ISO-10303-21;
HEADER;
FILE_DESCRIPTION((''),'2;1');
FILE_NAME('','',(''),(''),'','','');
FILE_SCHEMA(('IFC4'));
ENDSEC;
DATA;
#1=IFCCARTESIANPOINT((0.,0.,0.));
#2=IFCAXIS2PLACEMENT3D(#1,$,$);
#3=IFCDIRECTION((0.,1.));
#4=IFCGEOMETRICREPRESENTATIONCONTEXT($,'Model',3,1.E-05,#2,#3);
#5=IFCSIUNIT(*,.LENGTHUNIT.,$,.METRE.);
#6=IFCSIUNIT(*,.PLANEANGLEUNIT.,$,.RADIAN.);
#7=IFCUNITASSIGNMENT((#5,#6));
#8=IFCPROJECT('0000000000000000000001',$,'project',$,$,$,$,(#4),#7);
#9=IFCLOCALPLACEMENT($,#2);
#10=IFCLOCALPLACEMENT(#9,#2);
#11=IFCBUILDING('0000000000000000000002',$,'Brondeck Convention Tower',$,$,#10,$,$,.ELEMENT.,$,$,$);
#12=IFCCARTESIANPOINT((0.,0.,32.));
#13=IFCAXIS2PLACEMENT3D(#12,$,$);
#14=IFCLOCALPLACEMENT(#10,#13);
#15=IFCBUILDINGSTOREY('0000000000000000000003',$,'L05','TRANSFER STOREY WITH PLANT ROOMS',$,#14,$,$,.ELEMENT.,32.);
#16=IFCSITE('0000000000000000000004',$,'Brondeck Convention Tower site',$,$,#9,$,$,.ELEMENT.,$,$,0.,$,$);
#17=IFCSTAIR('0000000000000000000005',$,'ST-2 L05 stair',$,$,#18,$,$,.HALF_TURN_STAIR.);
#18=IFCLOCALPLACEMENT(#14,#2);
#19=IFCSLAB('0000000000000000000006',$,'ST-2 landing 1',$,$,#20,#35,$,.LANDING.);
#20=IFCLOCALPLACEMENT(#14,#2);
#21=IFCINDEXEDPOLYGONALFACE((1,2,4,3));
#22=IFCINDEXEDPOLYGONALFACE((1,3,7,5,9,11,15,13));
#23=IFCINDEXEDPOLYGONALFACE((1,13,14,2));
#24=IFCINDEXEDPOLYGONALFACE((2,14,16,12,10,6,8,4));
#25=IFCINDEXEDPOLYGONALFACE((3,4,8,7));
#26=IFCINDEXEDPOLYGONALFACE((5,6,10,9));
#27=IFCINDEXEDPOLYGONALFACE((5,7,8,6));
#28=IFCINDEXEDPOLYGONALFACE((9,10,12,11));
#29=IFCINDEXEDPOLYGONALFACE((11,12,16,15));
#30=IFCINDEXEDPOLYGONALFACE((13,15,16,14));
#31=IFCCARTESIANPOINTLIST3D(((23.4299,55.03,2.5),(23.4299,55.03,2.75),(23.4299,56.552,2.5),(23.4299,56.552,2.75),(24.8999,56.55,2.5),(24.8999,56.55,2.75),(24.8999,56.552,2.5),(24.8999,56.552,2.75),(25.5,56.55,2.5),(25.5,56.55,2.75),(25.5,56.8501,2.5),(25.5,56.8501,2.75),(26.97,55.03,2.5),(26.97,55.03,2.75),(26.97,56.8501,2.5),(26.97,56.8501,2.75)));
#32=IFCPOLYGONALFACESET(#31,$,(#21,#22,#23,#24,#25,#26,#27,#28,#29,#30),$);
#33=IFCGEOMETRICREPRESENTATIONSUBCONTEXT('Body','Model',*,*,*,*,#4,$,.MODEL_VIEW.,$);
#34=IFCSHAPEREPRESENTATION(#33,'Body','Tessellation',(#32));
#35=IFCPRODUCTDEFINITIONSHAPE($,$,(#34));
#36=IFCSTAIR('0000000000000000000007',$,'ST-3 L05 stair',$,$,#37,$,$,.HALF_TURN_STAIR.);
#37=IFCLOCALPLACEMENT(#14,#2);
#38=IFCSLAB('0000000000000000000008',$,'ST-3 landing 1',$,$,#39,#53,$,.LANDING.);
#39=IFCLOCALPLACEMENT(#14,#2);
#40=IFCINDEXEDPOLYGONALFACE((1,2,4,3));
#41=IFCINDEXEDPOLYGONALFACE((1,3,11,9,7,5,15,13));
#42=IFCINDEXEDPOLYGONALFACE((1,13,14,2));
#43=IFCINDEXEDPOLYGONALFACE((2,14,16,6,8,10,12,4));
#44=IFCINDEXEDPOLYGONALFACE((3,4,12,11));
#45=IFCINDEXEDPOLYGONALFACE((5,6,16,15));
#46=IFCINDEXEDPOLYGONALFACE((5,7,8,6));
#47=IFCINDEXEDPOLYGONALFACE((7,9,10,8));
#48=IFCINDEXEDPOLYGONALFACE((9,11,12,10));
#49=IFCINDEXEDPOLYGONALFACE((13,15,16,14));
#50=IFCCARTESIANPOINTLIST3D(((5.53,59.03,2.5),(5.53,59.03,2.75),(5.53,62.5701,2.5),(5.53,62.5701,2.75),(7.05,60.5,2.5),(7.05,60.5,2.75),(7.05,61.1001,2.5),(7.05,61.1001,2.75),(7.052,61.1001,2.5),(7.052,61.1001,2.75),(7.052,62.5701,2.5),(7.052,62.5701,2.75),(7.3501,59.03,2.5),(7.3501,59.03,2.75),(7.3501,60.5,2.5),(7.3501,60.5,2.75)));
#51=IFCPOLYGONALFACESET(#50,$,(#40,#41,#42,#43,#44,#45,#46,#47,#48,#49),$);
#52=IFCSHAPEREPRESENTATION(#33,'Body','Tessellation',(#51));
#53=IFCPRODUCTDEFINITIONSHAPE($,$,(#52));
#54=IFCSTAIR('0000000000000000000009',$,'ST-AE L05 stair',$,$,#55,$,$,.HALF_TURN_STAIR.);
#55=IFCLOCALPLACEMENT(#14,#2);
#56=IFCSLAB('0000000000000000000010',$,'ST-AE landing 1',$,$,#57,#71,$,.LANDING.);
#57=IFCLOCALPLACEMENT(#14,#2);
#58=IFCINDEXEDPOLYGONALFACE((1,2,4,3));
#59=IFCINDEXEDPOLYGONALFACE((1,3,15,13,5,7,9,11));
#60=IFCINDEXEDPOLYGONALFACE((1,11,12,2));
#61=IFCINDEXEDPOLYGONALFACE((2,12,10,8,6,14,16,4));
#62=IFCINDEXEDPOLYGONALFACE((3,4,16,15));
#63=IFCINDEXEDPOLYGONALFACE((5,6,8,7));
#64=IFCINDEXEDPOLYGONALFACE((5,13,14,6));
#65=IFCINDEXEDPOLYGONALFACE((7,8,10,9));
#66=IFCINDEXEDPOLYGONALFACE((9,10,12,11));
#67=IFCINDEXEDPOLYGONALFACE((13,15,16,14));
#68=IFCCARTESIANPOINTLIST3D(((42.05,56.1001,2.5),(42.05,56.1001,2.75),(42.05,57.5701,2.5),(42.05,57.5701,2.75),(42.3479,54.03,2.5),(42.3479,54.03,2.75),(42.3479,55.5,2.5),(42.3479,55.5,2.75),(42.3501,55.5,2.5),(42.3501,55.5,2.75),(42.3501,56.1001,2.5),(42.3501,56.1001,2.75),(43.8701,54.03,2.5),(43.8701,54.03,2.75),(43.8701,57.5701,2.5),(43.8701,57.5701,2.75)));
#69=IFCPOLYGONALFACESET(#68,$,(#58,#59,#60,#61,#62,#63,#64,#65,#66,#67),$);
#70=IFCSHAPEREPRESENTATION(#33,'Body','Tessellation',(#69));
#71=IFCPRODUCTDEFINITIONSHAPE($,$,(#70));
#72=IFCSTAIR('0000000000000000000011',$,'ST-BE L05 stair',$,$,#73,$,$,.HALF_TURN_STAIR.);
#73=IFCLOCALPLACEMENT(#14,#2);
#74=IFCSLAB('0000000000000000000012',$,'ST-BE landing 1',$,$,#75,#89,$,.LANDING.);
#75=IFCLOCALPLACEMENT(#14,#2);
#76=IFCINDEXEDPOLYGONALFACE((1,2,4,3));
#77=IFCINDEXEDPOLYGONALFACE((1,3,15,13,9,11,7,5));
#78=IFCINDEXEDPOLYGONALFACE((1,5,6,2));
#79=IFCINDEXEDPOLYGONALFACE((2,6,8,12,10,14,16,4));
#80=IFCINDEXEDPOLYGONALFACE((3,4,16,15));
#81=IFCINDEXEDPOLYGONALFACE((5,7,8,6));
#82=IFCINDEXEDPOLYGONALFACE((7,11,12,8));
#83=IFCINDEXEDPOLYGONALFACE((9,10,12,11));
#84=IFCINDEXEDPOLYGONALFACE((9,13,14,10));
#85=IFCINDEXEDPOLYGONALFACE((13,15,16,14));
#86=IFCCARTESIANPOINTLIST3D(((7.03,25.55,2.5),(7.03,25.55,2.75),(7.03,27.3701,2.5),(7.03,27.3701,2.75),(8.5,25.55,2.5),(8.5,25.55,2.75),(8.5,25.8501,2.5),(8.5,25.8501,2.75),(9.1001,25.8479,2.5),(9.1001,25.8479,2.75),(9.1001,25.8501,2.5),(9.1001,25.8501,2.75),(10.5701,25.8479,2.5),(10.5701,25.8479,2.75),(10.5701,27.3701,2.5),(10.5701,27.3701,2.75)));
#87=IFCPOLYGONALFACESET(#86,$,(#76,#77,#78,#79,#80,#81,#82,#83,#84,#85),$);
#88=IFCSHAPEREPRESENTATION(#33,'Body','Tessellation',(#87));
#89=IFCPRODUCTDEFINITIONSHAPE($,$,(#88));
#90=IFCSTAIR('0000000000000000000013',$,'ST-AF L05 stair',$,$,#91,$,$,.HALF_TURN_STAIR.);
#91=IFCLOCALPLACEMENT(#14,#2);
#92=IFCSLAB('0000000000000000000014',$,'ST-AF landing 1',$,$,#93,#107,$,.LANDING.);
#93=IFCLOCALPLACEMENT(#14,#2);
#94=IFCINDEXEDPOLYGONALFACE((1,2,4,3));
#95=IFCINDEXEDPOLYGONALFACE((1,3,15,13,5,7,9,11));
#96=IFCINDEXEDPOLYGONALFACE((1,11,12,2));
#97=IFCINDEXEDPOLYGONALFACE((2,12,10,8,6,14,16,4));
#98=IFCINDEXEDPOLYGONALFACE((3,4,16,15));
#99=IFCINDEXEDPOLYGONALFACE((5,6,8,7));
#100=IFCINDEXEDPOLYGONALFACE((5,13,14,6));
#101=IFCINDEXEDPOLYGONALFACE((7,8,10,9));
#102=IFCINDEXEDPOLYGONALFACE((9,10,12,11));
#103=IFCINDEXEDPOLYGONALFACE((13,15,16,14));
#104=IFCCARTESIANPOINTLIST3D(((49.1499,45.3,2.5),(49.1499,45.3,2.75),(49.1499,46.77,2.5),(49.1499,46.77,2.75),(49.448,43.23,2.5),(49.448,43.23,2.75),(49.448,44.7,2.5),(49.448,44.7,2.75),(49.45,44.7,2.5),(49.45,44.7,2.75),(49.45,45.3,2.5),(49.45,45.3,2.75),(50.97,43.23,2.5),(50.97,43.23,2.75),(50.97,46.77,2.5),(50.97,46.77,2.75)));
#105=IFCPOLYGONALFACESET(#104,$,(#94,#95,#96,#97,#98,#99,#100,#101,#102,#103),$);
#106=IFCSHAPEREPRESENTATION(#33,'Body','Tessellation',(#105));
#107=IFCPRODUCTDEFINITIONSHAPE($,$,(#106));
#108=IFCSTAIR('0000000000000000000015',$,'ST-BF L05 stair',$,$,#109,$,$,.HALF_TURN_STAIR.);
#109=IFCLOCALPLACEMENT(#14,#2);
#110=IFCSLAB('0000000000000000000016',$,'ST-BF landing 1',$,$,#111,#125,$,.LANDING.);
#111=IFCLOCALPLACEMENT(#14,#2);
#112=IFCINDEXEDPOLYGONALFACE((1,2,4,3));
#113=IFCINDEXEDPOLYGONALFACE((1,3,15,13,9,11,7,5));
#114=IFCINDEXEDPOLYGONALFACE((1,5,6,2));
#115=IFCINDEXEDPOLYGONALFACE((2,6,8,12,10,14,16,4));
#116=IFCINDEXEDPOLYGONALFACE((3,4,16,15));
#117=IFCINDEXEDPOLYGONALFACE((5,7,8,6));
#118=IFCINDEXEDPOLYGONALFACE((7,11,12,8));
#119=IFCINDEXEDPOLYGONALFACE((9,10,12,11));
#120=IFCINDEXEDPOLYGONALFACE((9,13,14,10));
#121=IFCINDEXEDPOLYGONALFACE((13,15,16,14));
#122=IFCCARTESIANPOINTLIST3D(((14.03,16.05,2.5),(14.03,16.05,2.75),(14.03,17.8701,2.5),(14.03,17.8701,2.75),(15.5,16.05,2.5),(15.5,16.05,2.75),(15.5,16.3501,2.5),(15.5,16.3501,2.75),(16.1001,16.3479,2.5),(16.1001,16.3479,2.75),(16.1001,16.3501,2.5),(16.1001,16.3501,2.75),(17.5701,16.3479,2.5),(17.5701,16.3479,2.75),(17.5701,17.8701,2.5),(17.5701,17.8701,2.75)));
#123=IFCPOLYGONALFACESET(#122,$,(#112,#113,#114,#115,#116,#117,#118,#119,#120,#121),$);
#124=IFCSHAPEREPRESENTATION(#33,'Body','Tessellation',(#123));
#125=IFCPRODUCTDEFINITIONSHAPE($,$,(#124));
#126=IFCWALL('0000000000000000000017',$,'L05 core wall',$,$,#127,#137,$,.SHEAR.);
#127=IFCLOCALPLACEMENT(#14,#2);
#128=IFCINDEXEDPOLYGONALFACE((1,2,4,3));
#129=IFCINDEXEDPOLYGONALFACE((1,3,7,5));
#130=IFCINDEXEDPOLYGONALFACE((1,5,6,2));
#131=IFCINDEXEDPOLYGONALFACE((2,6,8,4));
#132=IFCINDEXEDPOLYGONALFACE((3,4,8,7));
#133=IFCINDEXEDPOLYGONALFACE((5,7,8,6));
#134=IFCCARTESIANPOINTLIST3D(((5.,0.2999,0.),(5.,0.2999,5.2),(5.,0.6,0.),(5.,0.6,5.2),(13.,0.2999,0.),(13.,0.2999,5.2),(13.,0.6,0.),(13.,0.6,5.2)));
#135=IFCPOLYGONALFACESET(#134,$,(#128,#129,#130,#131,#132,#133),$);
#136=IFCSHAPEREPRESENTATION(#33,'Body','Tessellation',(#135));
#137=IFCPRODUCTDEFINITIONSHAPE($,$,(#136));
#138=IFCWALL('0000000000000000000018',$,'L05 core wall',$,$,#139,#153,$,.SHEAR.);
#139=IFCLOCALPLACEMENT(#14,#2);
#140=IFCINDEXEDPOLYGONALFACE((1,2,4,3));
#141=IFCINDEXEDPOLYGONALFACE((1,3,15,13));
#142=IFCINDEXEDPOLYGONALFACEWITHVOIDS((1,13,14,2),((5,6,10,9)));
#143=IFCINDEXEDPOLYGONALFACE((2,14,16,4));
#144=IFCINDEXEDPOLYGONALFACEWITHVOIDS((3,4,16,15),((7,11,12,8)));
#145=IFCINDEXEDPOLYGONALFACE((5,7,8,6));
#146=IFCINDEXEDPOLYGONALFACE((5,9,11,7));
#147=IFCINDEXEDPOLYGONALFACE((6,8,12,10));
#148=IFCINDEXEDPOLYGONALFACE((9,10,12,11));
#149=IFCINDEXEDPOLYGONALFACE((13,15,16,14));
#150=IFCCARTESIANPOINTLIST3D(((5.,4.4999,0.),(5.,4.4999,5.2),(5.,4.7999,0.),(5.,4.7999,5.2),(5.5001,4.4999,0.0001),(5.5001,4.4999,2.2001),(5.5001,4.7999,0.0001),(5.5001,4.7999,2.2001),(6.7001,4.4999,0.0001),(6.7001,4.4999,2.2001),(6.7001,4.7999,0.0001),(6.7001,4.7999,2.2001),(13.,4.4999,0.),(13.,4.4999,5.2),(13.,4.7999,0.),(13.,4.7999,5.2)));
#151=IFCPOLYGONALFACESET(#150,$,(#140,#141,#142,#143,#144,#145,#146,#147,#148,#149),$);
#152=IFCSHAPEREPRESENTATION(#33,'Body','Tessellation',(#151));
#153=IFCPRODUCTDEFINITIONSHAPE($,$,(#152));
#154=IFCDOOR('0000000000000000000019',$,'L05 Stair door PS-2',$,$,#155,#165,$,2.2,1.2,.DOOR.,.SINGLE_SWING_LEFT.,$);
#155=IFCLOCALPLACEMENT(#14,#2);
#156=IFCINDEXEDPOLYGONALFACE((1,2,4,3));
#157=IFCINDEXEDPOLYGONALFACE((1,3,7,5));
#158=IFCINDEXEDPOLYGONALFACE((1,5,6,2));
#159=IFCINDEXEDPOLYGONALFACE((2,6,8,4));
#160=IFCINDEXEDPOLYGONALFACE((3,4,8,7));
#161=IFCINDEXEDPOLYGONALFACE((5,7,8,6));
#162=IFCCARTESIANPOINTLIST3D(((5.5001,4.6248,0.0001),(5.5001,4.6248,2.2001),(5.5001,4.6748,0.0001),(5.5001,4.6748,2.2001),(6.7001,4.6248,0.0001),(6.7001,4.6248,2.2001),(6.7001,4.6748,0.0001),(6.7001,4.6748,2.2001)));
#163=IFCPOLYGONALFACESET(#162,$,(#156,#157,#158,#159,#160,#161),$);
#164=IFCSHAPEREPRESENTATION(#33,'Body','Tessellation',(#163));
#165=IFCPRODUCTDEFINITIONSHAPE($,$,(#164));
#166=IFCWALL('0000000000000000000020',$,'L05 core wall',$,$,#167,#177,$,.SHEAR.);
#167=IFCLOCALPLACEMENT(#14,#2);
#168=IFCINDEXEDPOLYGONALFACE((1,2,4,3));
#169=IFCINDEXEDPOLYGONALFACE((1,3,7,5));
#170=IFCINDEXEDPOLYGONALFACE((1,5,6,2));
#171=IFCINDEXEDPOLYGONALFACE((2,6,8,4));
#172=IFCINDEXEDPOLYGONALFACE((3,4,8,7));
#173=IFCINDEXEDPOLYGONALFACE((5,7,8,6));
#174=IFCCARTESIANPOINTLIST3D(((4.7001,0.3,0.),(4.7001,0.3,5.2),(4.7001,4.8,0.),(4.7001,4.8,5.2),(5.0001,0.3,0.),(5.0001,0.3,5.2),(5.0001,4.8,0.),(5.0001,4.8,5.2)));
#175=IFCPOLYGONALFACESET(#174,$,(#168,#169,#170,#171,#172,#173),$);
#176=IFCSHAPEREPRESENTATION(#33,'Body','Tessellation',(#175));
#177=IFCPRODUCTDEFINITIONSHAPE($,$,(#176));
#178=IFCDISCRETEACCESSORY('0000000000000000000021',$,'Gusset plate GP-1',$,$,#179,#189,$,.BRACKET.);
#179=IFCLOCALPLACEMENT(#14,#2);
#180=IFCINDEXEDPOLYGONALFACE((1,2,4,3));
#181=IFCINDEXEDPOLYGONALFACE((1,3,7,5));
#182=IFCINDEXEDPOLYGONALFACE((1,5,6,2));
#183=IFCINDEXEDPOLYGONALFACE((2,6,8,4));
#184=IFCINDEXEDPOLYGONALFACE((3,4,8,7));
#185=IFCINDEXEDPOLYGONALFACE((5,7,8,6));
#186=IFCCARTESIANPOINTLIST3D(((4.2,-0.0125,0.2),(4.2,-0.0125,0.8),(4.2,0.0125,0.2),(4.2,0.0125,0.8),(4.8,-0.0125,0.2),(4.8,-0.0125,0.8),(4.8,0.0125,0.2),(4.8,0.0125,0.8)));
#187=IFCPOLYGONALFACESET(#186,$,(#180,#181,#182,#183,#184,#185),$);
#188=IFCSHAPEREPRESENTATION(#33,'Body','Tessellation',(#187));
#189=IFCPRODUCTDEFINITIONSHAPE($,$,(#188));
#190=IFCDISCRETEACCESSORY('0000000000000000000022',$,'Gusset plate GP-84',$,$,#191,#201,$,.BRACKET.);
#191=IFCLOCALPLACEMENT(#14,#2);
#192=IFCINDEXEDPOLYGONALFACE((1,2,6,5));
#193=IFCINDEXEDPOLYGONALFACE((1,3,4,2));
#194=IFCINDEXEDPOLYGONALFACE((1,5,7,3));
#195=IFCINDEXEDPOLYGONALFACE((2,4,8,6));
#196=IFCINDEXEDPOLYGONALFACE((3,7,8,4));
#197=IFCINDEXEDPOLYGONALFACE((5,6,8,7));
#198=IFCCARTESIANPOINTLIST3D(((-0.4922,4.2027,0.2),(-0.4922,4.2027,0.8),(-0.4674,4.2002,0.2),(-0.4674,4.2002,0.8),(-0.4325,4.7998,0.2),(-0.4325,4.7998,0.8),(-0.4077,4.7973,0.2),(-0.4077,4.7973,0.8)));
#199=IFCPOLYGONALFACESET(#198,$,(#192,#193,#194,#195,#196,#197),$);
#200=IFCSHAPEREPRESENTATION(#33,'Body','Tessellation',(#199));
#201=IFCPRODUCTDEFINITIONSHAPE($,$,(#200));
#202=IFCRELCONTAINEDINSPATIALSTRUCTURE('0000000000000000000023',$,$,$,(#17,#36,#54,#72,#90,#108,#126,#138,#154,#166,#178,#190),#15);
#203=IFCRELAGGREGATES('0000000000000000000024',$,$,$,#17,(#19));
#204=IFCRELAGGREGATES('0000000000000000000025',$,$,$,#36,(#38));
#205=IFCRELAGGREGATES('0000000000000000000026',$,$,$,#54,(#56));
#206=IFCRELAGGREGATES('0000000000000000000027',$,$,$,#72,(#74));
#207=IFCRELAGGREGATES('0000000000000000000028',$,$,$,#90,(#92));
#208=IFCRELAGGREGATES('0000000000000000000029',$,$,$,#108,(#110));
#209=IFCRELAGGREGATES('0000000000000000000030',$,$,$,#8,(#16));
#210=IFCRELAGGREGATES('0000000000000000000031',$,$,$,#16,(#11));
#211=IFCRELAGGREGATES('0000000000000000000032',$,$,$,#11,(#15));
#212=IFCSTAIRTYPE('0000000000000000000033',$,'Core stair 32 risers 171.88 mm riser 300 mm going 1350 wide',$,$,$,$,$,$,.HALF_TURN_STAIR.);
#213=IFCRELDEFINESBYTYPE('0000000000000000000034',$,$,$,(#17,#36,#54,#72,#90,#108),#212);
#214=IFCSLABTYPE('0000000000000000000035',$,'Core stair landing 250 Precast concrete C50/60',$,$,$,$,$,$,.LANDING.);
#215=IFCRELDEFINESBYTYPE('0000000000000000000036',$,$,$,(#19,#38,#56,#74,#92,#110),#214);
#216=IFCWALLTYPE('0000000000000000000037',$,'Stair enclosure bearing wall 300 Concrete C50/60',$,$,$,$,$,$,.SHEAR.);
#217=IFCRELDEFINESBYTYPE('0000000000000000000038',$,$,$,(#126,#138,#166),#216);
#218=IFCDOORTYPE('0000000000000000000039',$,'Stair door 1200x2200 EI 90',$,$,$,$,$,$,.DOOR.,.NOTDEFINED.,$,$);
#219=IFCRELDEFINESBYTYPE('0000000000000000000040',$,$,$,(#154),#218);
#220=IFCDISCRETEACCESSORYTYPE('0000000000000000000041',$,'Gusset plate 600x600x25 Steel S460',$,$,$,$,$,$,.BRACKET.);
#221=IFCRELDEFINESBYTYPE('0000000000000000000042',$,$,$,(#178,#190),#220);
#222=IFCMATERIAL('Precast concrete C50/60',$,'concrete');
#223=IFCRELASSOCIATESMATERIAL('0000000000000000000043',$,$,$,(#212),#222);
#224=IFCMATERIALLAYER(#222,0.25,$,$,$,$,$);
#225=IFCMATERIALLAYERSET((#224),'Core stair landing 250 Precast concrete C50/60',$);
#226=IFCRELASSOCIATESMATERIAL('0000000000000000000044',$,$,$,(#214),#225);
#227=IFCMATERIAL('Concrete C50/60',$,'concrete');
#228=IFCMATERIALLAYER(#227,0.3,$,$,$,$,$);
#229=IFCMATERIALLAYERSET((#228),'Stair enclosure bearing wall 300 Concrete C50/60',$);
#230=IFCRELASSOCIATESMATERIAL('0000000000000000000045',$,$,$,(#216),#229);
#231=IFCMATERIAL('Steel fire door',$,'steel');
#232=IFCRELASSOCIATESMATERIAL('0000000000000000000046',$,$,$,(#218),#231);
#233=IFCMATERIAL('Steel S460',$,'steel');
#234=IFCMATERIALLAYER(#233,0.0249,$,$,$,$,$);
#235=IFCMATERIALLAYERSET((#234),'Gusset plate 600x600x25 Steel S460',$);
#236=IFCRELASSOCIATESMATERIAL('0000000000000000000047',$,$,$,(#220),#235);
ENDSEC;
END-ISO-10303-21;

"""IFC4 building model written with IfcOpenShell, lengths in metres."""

from ifc_helpers import new_model, si_unit, direction, frame, frame_2d, origin, origin_2d, place, context, subcontext, project, spatial, polyline, rectangle, outline, extrude, material, layer, layer_set, type_object, element, fill, aggregate, save


model = new_model("IFC4")

# Units and contexts
model_context = context("Model", 3, precision=1e-05, world=origin(), true_north=direction((0.0, 1.0)))
body_context = subcontext(model_context, "Body", "Model", "MODEL_VIEW")
ifc_project = project(units=[si_unit("LENGTHUNIT", "METRE"), si_unit("PLANEANGLEUNIT", "RADIAN")], contexts=[model_context])

# Site, building, storey
site_placement = place(None, origin())
site = spatial("IfcSite", under=ifc_project, at=site_placement, Name="Brondeck Convention Tower site", CompositionType="ELEMENT", RefElevation=0.0)
building_placement = place(site_placement, origin())
building = spatial("IfcBuilding", under=site, at=building_placement, Name="Brondeck Convention Tower", CompositionType="ELEMENT")
storey_placement = place(building_placement, frame((0.0, 0.0, 32.0)))
storey = spatial("IfcBuildingStorey", under=building, at=storey_placement, Name="L05", Description="TRANSFER STOREY WITH PLANT ROOMS", CompositionType="ELEMENT", Elevation=32.0)

# Shared definitions
ifc_material_1 = material(Name="Steel S460", Category="steel")

# Stairs, slabs
ifc_material_2 = material(Name="Precast concrete C50/60", Category="concrete")
stair_type = type_object("IfcStairType", Name="Core stair 32 risers 171.88 mm riser 300 mm going 1350 wide", PredefinedType="HALF_TURN_STAIR", material=ifc_material_2)
ifc_layer_1 = layer(ifc_material_2, 0.25)
ifc_layer_set_1 = layer_set([ifc_layer_1], Name="Core stair landing 250 Precast concrete C50/60")
slab_type_1 = type_object("IfcSlabType", Name="Core stair landing 250 Precast concrete C50/60", PredefinedType="LANDING", material=ifc_layer_set_1)
stair_1_placement = place(storey_placement, origin())
stair_1 = element("IfcStair", 1, at=stair_1_placement, inside=storey, type_object=stair_type, Name="ST-2 L05 stair", PredefinedType="HALF_TURN_STAIR")
slab_1_placement = place(storey_placement, frame((0.0, 0.0, 2.5)))
slab_1 = element("IfcSlab", 2, at=slab_1_placement, type_object=slab_type_1, Name="ST-2 landing 1", PredefinedType="LANDING", context=body_context, shape_type="SweptSolid", body=[
    extrude(outline(polyline([(23.4299, 56.552), (24.8999, 56.552), (24.8999, 56.55), (25.5, 56.55), (25.5, 56.8501), (26.97, 56.8501), (26.97, 55.03), (23.4299, 55.03), (23.4299, 56.552)])), origin(), (0.0, 0.0, 1.0), 0.25),
])
aggregate(stair_1, [slab_1])
stair_2_placement = place(storey_placement, origin())
stair_2 = element("IfcStair", 3, at=stair_2_placement, inside=storey, type_object=stair_type, Name="ST-3 L05 stair", PredefinedType="HALF_TURN_STAIR")
slab_2_placement = place(storey_placement, frame((0.0, 0.0, 2.5)))
slab_2 = element("IfcSlab", 4, at=slab_2_placement, type_object=slab_type_1, Name="ST-3 landing 1", PredefinedType="LANDING", context=body_context, shape_type="SweptSolid", body=[
    extrude(outline(polyline([(7.3501, 60.5), (7.3501, 59.03), (5.53, 59.03), (5.53, 62.5701), (7.052, 62.5701), (7.052, 61.1001), (7.05, 61.1001), (7.05, 60.5), (7.3501, 60.5)])), origin(), (0.0, 0.0, 1.0), 0.25),
])
aggregate(stair_2, [slab_2])
stair_3_placement = place(storey_placement, origin())
stair_3 = element("IfcStair", 5, at=stair_3_placement, inside=storey, type_object=stair_type, Name="ST-AE L05 stair", PredefinedType="HALF_TURN_STAIR")
slab_3_placement = place(storey_placement, frame((0.0, 0.0, 2.5)))
slab_3 = element("IfcSlab", 6, at=slab_3_placement, type_object=slab_type_1, Name="ST-AE landing 1", PredefinedType="LANDING", context=body_context, shape_type="SweptSolid", body=[
    extrude(outline(polyline([(42.3479, 55.5), (42.3501, 55.5), (42.3501, 56.1001), (42.05, 56.1001), (42.05, 57.5701), (43.8701, 57.5701), (43.8701, 54.03), (42.3479, 54.03), (42.3479, 55.5)])), origin(), (0.0, 0.0, 1.0), 0.25),
])
aggregate(stair_3, [slab_3])
stair_4_placement = place(storey_placement, origin())
stair_4 = element("IfcStair", 7, at=stair_4_placement, inside=storey, type_object=stair_type, Name="ST-BE L05 stair", PredefinedType="HALF_TURN_STAIR")
slab_4_placement = place(storey_placement, frame((0.0, 0.0, 2.5)))
slab_4 = element("IfcSlab", 8, at=slab_4_placement, type_object=slab_type_1, Name="ST-BE landing 1", PredefinedType="LANDING", context=body_context, shape_type="SweptSolid", body=[
    extrude(outline(polyline([(7.03, 25.55), (7.03, 27.3701), (10.5701, 27.3701), (10.5701, 25.8479), (9.1001, 25.8479), (9.1001, 25.8501), (8.5, 25.8501), (8.5, 25.55), (7.03, 25.55)])), origin(), (0.0, 0.0, 1.0), 0.25),
])
aggregate(stair_4, [slab_4])
stair_5_placement = place(storey_placement, origin())
stair_5 = element("IfcStair", 9, at=stair_5_placement, inside=storey, type_object=stair_type, Name="ST-AF L05 stair", PredefinedType="HALF_TURN_STAIR")
slab_5_placement = place(storey_placement, frame((0.0, 0.0, 2.5)))
slab_5 = element("IfcSlab", 10, at=slab_5_placement, type_object=slab_type_1, Name="ST-AF landing 1", PredefinedType="LANDING", context=body_context, shape_type="SweptSolid", body=[
    extrude(outline(polyline([(49.448, 44.7), (49.45, 44.7), (49.45, 45.3), (49.1499, 45.3), (49.1499, 46.77), (50.97, 46.77), (50.97, 43.23), (49.448, 43.23), (49.448, 44.7)])), origin(), (0.0, 0.0, 1.0), 0.25),
])
aggregate(stair_5, [slab_5])
stair_6_placement = place(storey_placement, origin())
stair_6 = element("IfcStair", 11, at=stair_6_placement, inside=storey, type_object=stair_type, Name="ST-BF L05 stair", PredefinedType="HALF_TURN_STAIR")
slab_6_placement = place(storey_placement, frame((0.0, 0.0, 2.5)))
slab_6 = element("IfcSlab", 12, at=slab_6_placement, type_object=slab_type_1, Name="ST-BF landing 1", PredefinedType="LANDING", context=body_context, shape_type="SweptSolid", body=[
    extrude(outline(polyline([(14.03, 16.05), (14.03, 17.8701), (17.5701, 17.8701), (17.5701, 16.3479), (16.1001, 16.3479), (16.1001, 16.3501), (15.5, 16.3501), (15.5, 16.05), (14.03, 16.05)])), origin(), (0.0, 0.0, 1.0), 0.25),
])
aggregate(stair_6, [slab_6])

# Wall
ifc_material_3 = material(Name="Concrete C50/60", Category="concrete")
ifc_layer_2 = layer(ifc_material_3, 0.3)
ifc_layer_set_2 = layer_set([ifc_layer_2], Name="Stair enclosure bearing wall 300 Concrete C50/60")
wall_type = type_object("IfcWallType", Name="Stair enclosure bearing wall 300 Concrete C50/60", PredefinedType="SHEAR", material=ifc_layer_set_2)
wall_1_placement = place(storey_placement, frame((5.0, 0.45, 0.0), z_axis=(0.0, 0.0, 1.0), x_axis=(1.0, 0.0, 0.0)))
element("IfcWall", 13, at=wall_1_placement, inside=storey, type_object=wall_type, Name="L05 core wall", PredefinedType="SHEAR", context=body_context, shape_type="SweptSolid", body=[
    extrude(rectangle(XDim=8.0, YDim=0.3, at=frame_2d((4.0, 0.0))), origin(), (0.0, 0.0, 1.0), 5.2),
])

# Wall, opening, door
wall_2_placement = place(storey_placement, frame((5.0, 4.6499, 0.0), z_axis=(0.0, 0.0, 1.0), x_axis=(1.0, 0.0, 0.0)))
wall_2 = element("IfcWall", 14, at=wall_2_placement, inside=storey, type_object=wall_type, Name="L05 core wall", PredefinedType="SHEAR", context=body_context, shape_type="SweptSolid", body=[
    extrude(rectangle(XDim=8.0, YDim=0.3, at=frame_2d((4.0, 0.0))), origin(), (0.0, 0.0, 1.0), 5.2),
])
opening_placement = place(wall_2_placement, frame((0.5, 0.0, 0.0)))
opening = element("IfcOpeningElement", 15, at=opening_placement, cuts=wall_2, PredefinedType="OPENING", context=body_context, shape_type="SweptSolid", body=[
    extrude(rectangle(XDim=1.2, YDim=2.2, at=frame_2d((0.6001, 1.1001))), frame((0.0, 0.1599, 0.0), z_axis=(0.0, -1.0, 0.0), x_axis=(1.0, 0.0, 0.0)), (0.0, 0.0, 1.0), 0.3201),
])
ifc_material_4 = material(Name="Steel fire door", Category="steel")
door_type = type_object("IfcDoorType", Name="Stair door 1200x2200 EI 90", OperationType="NOTDEFINED", PredefinedType="DOOR", material=ifc_material_4)
door_placement = place(opening_placement, origin())
door = element("IfcDoor", 16, at=door_placement, inside=storey, type_object=door_type, Name="L05 Stair door PS-2", OperationType="SINGLE_SWING_LEFT", OverallHeight=2.2, OverallWidth=1.2, PredefinedType="DOOR", context=body_context, shape_type="SweptSolid", body=[
    extrude(rectangle(XDim=1.2, YDim=2.2, at=frame_2d((0.6001, 1.1001))), frame((0.0, 0.0249, 0.0), z_axis=(0.0, -1.0, 0.0), x_axis=(1.0, 0.0, 0.0)), (0.0, 0.0, 1.0), 0.05),
])
fill(opening, door)

# Wall
wall_3_placement = place(storey_placement, frame((4.8501, 0.3, 0.0), z_axis=(0.0, 0.0, 1.0), x_axis=(0.0, 1.0, 0.0)))
element("IfcWall", 17, at=wall_3_placement, inside=storey, type_object=wall_type, Name="L05 core wall", PredefinedType="SHEAR", context=body_context, shape_type="SweptSolid", body=[
    extrude(rectangle(XDim=4.5, YDim=0.3, at=frame_2d((2.25, 0.0))), origin(), (0.0, 0.0, 1.0), 5.2),
])

# Discrete accessories
ifc_layer_3 = layer(ifc_material_1, 0.0249)
ifc_layer_set_3 = layer_set([ifc_layer_3], Name="Gusset plate 600x600x25 Steel S460")
discrete_accessory_type = type_object("IfcDiscreteAccessoryType", Name="Gusset plate 600x600x25 Steel S460", PredefinedType="BRACKET", material=ifc_layer_set_3)
for number, where, z_axis, x_axis, name in (
    (18, (4.5, 0.0, 0.2), (0.0, 0.0, 1.0), (1.0, 0.0, 0.0), "Gusset plate GP-1"),
    (19, (-0.45, 4.5, 0.2), (0.0, 0.0, 1.0), (0.099511, 0.995036, 0.0), "Gusset plate GP-84"),
):
    element("IfcDiscreteAccessory", number, at=place(storey_placement, frame(where, z_axis=z_axis, x_axis=x_axis)), inside=storey, type_object=discrete_accessory_type, Name=name, PredefinedType="BRACKET", context=body_context, shape_type="SweptSolid", body=[
        extrude(rectangle(XDim=0.6001, YDim=0.0249, at=origin_2d()), origin(), (0.0, 0.0, 1.0), 0.6001),
    ])

save(model, "model.ifc")
